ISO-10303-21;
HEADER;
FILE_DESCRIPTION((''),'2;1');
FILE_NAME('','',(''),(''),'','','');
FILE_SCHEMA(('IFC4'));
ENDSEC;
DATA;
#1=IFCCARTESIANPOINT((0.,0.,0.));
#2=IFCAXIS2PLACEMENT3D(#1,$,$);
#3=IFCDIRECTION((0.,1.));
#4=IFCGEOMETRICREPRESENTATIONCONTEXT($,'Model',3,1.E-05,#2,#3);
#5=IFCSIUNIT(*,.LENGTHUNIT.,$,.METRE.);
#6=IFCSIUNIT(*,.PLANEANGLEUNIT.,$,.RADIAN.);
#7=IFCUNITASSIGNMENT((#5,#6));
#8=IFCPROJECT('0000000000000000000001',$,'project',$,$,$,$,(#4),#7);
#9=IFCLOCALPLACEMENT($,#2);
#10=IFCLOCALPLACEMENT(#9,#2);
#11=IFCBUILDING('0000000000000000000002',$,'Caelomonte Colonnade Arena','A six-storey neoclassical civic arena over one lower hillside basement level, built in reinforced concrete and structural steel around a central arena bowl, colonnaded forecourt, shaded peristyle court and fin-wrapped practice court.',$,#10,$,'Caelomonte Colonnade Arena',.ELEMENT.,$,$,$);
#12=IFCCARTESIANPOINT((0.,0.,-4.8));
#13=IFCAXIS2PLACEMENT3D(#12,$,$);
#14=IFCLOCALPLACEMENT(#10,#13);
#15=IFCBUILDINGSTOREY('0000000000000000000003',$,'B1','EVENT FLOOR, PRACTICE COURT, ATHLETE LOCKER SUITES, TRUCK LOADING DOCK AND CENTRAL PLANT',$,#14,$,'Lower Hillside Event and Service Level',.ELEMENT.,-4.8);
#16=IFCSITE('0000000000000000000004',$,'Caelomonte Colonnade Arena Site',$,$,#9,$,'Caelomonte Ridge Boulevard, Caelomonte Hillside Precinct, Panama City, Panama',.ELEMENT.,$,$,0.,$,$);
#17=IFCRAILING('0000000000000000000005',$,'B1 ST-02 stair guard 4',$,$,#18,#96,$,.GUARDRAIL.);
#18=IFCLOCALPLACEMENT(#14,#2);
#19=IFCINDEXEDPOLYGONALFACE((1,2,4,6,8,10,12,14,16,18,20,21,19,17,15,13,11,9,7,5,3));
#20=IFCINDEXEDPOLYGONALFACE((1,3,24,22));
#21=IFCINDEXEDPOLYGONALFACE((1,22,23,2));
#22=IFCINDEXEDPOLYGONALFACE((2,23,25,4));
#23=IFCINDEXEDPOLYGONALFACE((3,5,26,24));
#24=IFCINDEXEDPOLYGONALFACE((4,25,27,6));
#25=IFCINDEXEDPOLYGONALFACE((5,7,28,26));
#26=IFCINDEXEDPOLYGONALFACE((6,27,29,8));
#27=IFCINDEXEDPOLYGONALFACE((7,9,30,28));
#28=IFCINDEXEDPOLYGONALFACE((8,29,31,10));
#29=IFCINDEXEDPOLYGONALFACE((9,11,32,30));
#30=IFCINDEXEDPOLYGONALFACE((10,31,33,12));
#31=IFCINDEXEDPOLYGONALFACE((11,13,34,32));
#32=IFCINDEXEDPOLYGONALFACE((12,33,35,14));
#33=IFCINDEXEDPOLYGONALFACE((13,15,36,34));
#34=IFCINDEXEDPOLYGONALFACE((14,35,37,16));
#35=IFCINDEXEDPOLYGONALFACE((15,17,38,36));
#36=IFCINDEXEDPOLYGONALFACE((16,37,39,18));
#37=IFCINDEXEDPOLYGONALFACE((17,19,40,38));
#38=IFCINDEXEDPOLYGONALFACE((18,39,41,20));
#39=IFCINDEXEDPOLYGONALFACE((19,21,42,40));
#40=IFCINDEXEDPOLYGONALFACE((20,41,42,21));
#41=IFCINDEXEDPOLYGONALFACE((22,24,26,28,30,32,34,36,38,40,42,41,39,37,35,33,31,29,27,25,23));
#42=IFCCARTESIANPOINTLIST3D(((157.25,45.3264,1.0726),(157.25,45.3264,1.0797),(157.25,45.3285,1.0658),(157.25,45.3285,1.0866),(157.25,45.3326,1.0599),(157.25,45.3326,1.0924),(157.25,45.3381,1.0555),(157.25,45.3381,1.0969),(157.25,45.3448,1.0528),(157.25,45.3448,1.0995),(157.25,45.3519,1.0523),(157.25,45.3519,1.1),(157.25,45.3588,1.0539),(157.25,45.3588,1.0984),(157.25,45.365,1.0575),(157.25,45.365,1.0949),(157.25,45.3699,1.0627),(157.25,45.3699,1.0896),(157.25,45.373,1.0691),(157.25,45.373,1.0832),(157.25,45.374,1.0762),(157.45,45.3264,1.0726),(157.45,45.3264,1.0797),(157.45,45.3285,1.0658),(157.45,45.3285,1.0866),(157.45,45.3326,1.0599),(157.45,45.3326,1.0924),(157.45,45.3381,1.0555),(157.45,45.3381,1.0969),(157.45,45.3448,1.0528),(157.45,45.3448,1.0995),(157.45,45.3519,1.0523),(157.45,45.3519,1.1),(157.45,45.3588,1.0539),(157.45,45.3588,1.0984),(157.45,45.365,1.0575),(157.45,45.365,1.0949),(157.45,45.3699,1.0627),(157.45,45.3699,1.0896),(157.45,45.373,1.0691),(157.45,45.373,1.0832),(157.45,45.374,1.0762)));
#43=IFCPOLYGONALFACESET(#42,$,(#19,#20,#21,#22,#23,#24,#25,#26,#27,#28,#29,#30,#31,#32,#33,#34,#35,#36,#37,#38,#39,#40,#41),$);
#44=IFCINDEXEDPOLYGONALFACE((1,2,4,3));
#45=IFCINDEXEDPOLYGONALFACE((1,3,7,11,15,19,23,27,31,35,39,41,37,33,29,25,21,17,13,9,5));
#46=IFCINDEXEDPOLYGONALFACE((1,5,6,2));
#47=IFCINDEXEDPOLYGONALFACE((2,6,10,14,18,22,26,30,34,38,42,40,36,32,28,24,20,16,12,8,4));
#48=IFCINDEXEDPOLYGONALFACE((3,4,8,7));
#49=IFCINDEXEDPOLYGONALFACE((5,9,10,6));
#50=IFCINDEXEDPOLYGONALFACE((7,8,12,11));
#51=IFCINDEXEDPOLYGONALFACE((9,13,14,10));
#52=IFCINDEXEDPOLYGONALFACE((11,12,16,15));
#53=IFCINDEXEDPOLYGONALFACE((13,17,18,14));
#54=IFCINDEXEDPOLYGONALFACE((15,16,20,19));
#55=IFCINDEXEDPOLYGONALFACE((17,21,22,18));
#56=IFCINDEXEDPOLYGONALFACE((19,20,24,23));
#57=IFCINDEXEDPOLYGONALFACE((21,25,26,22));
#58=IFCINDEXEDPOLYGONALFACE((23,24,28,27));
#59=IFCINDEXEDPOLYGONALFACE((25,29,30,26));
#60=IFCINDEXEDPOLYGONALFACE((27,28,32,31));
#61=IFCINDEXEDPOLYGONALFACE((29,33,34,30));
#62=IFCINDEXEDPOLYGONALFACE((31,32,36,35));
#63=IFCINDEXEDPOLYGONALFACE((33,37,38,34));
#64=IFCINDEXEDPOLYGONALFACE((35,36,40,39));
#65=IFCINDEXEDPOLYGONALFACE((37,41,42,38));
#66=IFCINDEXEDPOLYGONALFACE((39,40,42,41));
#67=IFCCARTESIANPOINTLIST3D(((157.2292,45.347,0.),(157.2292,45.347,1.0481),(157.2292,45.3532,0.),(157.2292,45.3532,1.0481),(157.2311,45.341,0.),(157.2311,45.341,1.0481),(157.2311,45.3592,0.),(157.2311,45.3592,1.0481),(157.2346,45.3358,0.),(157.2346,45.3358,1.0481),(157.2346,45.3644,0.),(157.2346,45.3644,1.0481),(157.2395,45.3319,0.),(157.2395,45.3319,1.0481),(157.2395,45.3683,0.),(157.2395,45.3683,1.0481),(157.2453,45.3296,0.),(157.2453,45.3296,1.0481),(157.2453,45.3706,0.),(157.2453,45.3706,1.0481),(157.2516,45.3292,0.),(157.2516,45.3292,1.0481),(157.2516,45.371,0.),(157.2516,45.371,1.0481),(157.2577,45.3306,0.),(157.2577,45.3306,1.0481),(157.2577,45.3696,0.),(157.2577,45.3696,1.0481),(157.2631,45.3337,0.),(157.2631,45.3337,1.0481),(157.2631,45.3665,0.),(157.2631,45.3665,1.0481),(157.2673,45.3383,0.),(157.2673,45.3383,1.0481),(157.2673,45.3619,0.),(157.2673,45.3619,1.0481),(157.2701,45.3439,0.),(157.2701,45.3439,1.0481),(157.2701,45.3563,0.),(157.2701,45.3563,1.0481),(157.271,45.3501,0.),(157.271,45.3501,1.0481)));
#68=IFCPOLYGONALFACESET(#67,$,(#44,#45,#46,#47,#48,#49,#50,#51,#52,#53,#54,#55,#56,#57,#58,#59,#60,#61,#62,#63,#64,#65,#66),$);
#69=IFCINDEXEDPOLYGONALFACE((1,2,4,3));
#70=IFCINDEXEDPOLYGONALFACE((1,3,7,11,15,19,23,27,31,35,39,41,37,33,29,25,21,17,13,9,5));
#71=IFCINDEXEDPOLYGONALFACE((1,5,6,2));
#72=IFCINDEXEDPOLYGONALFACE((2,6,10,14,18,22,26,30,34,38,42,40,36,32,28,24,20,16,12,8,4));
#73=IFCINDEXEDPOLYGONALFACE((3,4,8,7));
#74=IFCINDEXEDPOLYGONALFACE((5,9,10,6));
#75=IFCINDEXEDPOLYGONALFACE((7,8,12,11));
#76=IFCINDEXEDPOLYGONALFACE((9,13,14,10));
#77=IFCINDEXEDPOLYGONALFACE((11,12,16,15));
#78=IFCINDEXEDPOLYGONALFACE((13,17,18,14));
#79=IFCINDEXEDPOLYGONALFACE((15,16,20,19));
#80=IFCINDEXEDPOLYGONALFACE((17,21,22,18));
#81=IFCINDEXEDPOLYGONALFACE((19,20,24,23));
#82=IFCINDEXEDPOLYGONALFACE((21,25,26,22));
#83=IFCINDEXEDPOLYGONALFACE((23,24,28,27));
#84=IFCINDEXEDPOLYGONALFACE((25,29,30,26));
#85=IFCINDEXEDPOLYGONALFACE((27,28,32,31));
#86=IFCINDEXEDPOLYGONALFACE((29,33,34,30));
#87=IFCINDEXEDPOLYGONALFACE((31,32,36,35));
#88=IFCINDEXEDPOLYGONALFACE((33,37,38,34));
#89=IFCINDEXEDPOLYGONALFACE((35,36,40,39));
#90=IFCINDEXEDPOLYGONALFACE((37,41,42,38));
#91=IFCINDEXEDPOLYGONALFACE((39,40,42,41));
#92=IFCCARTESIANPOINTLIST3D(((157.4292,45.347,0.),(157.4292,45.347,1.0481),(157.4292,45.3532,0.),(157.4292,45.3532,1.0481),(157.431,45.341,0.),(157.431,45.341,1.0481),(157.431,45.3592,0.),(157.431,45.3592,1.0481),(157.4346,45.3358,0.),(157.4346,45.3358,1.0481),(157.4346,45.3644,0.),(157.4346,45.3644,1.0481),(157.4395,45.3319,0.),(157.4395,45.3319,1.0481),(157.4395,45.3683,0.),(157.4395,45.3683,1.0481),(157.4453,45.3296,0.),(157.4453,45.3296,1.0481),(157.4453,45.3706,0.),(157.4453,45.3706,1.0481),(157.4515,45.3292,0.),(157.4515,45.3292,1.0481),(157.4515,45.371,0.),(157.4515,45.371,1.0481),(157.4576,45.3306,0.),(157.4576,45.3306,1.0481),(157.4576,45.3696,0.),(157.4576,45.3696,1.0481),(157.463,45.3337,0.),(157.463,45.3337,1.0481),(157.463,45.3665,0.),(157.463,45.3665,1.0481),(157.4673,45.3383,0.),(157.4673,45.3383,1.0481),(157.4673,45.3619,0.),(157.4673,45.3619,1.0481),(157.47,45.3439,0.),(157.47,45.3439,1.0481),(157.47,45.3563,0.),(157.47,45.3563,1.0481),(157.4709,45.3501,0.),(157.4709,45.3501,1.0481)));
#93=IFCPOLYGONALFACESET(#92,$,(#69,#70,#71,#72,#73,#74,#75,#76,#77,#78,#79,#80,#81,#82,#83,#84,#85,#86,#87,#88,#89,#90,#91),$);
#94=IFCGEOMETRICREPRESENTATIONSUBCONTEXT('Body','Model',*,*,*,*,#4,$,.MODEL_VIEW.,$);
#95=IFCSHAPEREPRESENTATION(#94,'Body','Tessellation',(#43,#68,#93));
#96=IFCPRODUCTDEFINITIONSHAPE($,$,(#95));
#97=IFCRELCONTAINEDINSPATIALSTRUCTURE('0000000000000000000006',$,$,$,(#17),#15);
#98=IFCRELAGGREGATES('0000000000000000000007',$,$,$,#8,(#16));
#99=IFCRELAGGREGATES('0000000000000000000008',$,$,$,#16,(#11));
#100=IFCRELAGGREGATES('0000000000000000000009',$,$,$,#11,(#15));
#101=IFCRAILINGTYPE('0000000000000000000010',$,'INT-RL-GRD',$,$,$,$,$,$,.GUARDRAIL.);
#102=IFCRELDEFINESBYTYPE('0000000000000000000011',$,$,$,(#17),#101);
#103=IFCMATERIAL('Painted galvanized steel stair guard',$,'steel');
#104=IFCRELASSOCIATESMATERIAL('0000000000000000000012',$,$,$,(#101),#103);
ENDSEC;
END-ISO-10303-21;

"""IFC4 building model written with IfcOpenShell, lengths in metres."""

from ifc_helpers import new_model, si_unit, direction, frame, origin, origin_2d, place, context, subcontext, project, spatial, circle, extrude, material, type_object, element, save


model = new_model("IFC4")

# Units and contexts
model_context = context("Model", 3, precision=1e-05, world=origin(), true_north=direction((0.0, 1.0)))
body_context = subcontext(model_context, "Body", "Model", "MODEL_VIEW")
ifc_project = project(units=[si_unit("LENGTHUNIT", "METRE"), si_unit("PLANEANGLEUNIT", "RADIAN")], contexts=[model_context])

# Site, building, storey
site_placement = place(None, origin())
site = spatial("IfcSite", under=ifc_project, at=site_placement, Name="Caelomonte Colonnade Arena Site", LongName="Caelomonte Ridge Boulevard, Caelomonte Hillside Precinct, Panama City, Panama", CompositionType="ELEMENT", RefElevation=0.0)
building_placement = place(site_placement, origin())
building = spatial("IfcBuilding", under=site, at=building_placement, Name="Caelomonte Colonnade Arena", Description="A six-storey neoclassical civic arena over one lower hillside basement level, built in reinforced concrete and structural steel around a central arena bowl, colonnaded forecourt, shaded peristyle court and fin-wrapped practice court.", LongName="Caelomonte Colonnade Arena", CompositionType="ELEMENT")
storey_placement = place(building_placement, frame((0.0, 0.0, -4.8)))
storey = spatial("IfcBuildingStorey", under=building, at=storey_placement, Name="B1", Description="EVENT FLOOR, PRACTICE COURT, ATHLETE LOCKER SUITES, TRUCK LOADING DOCK AND CENTRAL PLANT", LongName="Lower Hillside Event and Service Level", CompositionType="ELEMENT", Elevation=-4.8)

# Railing
ifc_material_1 = material(Name="Painted galvanized steel stair guard", Category="steel")
railing_type_1 = type_object("IfcRailingType", Name="INT-RL-GRD", PredefinedType="GUARDRAIL", material=ifc_material_1)
railing_1_placement = place(storey_placement, frame((157.25, 45.3501, 0.0)))
element("IfcRailing", 1, at=railing_1_placement, inside=storey, type_object=railing_type_1, Name="B1 ST-02 stair guard 4", PredefinedType="GUARDRAIL", context=body_context, shape_type="SweptSolid", body=[
    extrude(circle(Radius=0.0239, at=origin_2d()), frame((0.0, 0.0, 1.0762), z_axis=(1.0, 0.0, 0.0), x_axis=(0.0, 1.0, 0.0)), (0.0, 0.0, 1.0), 0.2),
    extrude(circle(Radius=0.021, at=origin_2d()), origin(), (0.0, 0.0, 1.0), 1.0481),
    extrude(circle(Radius=0.021, at=origin_2d()), frame((0.2, 0.0, 0.0)), (0.0, 0.0, 1.0), 1.0481),
])

save(model, "model.ifc")
